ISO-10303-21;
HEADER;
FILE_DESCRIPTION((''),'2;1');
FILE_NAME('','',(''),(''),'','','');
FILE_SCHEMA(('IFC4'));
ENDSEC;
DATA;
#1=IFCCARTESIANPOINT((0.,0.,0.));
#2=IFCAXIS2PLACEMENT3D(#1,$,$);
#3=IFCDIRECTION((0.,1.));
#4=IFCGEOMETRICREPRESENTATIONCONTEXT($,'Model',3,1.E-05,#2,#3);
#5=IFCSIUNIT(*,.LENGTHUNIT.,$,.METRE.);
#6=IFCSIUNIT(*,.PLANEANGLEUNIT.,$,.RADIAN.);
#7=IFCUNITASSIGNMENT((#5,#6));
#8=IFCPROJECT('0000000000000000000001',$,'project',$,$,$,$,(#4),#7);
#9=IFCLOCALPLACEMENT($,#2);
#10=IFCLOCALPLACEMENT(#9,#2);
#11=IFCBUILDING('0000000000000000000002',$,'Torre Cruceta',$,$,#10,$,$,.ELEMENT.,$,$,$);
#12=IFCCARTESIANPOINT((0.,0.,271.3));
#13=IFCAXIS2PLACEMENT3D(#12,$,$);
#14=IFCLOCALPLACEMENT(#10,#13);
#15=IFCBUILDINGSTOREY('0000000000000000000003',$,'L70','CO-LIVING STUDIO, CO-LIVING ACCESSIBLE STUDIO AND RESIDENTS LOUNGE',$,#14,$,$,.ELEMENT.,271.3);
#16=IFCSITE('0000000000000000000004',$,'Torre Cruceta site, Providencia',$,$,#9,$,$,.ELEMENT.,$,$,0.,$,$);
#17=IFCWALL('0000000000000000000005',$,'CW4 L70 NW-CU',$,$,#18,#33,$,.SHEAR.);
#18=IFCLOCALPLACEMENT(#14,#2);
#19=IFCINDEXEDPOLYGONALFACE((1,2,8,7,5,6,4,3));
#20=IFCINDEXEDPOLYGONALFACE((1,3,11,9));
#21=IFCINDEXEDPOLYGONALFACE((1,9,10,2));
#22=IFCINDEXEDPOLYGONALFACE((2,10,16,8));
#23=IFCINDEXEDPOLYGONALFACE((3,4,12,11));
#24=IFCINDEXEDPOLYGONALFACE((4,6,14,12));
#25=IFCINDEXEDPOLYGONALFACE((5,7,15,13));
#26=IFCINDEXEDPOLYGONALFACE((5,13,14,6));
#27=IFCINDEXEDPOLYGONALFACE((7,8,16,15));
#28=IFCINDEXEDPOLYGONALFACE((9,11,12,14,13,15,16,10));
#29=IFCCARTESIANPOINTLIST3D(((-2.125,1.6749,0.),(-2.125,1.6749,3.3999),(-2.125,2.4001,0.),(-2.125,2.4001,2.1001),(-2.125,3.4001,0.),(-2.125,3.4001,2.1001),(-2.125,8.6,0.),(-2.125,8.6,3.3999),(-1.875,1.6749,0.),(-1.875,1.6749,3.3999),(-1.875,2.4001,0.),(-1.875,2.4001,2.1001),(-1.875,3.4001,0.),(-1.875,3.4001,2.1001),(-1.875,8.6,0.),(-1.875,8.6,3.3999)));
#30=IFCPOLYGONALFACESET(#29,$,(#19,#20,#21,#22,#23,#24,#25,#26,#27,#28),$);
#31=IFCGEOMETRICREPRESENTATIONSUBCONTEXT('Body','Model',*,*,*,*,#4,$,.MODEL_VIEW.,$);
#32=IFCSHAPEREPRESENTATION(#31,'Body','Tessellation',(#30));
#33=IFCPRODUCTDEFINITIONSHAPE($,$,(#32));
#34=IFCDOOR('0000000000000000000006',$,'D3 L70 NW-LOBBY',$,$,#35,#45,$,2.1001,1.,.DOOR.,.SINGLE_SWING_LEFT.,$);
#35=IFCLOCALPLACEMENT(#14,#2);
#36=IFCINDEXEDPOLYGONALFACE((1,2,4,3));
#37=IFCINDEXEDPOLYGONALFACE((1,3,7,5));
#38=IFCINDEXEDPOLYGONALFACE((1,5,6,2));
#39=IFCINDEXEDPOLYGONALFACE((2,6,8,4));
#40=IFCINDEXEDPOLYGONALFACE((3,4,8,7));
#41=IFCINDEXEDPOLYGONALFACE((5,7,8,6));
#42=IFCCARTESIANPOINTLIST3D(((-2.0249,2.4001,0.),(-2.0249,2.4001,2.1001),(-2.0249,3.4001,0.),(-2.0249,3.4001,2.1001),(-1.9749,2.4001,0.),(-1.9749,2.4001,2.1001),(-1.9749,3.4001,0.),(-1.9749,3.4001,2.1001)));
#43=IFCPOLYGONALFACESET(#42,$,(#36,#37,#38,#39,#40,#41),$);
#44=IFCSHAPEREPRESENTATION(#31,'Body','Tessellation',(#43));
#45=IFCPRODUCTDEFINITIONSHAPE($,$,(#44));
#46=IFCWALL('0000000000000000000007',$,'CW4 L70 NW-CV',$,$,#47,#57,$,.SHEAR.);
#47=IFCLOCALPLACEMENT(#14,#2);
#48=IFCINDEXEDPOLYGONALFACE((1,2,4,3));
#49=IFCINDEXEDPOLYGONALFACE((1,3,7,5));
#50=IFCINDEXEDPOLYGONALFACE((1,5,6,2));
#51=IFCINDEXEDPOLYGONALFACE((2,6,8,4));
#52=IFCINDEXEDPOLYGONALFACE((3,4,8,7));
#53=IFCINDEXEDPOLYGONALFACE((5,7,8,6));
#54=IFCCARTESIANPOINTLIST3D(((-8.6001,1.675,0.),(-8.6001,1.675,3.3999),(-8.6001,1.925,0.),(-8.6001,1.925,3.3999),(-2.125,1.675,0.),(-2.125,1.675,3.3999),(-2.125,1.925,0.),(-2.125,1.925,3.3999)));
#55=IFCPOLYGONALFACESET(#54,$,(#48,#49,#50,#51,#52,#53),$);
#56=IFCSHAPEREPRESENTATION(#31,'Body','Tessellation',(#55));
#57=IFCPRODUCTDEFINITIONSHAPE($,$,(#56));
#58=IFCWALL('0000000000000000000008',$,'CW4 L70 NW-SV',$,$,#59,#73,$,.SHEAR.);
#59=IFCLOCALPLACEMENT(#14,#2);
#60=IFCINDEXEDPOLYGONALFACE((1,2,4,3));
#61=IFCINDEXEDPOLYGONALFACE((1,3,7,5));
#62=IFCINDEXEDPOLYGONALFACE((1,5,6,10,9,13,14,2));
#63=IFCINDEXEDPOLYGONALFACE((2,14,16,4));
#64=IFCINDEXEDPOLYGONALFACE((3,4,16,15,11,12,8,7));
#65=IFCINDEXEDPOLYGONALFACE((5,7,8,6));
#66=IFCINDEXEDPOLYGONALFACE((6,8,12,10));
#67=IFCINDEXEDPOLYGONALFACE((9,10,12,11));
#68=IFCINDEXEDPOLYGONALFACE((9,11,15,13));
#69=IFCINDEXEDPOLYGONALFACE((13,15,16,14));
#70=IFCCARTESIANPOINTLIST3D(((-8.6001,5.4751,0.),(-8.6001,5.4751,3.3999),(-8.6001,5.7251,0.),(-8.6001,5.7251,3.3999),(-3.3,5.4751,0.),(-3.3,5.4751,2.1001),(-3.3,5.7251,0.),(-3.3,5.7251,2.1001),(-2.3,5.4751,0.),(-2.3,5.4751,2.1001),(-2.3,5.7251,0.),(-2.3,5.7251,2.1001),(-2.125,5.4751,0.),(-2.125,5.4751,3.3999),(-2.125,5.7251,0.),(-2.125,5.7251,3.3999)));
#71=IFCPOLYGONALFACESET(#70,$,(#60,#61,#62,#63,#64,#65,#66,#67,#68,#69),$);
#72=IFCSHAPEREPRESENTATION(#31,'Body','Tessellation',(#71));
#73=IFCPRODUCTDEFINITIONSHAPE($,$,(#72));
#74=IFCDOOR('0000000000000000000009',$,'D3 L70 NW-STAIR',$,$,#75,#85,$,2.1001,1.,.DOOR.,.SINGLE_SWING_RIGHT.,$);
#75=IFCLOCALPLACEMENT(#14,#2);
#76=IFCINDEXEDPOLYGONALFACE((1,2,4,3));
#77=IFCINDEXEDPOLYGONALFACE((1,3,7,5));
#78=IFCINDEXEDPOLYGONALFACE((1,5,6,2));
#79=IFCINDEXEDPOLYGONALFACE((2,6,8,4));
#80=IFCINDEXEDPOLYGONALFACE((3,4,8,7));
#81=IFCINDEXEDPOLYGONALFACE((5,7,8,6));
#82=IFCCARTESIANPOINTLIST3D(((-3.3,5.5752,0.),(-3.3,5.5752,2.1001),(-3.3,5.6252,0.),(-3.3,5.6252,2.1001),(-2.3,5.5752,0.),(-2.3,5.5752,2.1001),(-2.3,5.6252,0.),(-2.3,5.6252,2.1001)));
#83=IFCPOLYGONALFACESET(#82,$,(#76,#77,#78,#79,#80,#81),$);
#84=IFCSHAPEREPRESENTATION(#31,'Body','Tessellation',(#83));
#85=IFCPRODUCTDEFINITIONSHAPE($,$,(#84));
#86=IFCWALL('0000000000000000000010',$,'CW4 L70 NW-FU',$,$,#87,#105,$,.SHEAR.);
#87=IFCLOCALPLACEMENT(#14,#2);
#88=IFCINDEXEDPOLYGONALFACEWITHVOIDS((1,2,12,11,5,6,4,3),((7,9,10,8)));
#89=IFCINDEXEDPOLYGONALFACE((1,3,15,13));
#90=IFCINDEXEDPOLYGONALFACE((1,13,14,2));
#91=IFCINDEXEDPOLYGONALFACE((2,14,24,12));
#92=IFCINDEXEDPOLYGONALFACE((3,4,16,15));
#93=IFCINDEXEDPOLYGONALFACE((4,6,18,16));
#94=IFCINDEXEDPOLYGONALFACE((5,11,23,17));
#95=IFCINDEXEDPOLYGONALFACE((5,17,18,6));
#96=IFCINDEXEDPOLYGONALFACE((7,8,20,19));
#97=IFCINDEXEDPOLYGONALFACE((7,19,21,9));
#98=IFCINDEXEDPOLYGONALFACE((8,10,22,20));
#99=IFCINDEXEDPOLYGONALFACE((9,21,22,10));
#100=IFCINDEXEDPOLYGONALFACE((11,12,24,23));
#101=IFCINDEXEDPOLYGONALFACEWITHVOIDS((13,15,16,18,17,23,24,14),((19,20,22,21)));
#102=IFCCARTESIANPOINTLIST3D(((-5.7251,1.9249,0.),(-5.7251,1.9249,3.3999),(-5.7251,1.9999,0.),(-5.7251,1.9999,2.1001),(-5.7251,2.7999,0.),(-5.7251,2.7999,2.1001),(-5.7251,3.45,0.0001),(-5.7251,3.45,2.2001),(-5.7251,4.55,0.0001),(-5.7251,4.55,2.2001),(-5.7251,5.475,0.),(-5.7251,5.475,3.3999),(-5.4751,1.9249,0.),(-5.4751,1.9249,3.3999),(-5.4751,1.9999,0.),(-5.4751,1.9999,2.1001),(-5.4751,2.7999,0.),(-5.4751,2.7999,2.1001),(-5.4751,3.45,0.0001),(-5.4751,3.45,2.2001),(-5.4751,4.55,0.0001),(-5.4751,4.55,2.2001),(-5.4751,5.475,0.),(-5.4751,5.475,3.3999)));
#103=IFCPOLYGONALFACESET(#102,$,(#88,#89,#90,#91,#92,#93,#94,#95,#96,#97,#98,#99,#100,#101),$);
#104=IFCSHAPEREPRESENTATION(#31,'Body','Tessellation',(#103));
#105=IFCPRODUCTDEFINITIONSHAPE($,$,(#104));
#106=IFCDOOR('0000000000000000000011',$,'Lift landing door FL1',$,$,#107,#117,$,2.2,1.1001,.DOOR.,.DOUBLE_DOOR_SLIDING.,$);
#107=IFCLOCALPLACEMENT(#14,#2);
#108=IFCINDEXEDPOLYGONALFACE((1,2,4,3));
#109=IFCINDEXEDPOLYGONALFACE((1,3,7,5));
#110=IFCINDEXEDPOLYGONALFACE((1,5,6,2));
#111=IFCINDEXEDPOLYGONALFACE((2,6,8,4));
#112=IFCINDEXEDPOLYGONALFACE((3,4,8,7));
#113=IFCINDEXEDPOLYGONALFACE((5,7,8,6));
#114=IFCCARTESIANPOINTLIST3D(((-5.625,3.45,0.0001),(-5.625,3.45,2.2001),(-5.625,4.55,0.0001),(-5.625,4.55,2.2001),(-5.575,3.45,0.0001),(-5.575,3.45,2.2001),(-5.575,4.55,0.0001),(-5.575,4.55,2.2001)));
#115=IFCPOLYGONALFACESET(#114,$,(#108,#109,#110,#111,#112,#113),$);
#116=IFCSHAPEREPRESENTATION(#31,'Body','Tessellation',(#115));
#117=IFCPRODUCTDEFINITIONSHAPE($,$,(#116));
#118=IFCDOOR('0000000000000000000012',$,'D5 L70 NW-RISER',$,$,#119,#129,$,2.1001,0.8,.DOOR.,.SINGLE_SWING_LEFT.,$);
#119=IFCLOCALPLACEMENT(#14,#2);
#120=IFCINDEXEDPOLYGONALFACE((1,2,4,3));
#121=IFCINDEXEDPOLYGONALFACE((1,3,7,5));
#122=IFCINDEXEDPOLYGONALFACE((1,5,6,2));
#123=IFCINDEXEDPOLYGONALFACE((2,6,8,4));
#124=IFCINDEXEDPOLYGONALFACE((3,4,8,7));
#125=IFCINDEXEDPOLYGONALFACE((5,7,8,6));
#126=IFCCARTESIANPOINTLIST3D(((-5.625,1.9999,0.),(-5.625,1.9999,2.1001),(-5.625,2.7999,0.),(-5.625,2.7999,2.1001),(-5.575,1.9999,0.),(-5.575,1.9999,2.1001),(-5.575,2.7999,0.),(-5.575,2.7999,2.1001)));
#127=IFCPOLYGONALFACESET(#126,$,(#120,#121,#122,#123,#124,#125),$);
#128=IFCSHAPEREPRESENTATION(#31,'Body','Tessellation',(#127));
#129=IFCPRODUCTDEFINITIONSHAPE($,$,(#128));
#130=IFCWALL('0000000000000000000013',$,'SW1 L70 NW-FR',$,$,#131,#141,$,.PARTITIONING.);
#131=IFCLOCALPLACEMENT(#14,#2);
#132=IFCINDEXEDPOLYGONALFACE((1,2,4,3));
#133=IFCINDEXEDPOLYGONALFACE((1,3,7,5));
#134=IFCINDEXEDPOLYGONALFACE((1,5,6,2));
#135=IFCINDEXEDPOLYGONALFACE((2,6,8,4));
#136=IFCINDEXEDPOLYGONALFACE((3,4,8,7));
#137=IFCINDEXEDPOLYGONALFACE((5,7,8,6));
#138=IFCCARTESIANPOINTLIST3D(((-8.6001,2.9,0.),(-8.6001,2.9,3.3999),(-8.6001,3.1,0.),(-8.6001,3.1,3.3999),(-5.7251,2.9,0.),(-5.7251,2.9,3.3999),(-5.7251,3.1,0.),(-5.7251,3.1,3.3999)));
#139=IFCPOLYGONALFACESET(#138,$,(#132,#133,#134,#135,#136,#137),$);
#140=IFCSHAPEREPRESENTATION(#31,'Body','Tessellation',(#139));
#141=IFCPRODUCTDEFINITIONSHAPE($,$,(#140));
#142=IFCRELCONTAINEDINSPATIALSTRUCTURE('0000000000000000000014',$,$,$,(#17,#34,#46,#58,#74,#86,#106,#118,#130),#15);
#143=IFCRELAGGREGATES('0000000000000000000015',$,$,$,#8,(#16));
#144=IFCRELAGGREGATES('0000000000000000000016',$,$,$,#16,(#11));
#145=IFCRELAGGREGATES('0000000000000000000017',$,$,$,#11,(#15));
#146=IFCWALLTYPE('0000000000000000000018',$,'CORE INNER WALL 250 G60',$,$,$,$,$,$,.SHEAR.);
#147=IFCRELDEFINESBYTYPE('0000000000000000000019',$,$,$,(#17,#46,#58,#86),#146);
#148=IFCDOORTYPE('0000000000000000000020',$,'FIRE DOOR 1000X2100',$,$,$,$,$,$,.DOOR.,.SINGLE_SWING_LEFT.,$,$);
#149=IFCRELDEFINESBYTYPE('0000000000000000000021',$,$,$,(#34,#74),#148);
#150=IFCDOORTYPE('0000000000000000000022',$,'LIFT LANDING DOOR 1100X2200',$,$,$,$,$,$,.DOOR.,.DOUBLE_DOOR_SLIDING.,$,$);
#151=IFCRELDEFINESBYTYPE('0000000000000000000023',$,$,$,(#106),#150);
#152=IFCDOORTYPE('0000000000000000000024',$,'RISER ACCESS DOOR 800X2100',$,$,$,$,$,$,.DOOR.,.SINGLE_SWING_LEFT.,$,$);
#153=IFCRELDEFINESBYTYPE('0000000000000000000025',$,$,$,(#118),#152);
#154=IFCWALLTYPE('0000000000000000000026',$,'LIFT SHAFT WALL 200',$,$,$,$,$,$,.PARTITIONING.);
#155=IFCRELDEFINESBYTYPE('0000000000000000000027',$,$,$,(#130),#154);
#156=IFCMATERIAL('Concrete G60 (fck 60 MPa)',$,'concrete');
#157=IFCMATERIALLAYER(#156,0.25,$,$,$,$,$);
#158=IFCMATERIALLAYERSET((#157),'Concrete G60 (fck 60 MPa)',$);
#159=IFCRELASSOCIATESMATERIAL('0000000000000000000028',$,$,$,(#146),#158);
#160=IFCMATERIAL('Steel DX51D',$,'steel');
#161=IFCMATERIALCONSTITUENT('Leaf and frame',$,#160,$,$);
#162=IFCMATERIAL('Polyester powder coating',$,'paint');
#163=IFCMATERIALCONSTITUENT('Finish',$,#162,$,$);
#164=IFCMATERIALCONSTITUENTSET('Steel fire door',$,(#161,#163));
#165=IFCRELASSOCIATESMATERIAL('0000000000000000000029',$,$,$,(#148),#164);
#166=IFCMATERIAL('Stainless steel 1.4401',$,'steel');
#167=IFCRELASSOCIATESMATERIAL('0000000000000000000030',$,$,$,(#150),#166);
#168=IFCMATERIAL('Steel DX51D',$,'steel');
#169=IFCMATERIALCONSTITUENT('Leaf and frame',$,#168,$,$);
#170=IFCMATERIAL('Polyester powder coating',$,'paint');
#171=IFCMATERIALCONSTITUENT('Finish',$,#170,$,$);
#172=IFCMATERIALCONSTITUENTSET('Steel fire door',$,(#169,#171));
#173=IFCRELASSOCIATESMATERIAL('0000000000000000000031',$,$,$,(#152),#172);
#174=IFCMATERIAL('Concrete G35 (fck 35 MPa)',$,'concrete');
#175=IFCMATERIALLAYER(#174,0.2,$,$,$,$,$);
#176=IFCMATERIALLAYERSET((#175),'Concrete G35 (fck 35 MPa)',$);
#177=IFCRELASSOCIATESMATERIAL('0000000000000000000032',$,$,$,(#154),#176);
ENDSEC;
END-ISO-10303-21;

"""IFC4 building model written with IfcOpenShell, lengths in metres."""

from ifc_helpers import new_model, si_unit, direction, frame, frame_2d, origin, place, context, subcontext, project, spatial, rectangle, extrude, material, layer, layer_set, constituent, constituent_set, type_object, element, fill, save


model = new_model("IFC4")

# Units and contexts
model_context = context("Model", 3, precision=1e-05, world=origin(), true_north=direction((0.0, 1.0)))
body_context = subcontext(model_context, "Body", "Model", "MODEL_VIEW")
ifc_project = project(units=[si_unit("LENGTHUNIT", "METRE"), si_unit("PLANEANGLEUNIT", "RADIAN")], contexts=[model_context])

# Site, building, storey
site_placement = place(None, origin())
site = spatial("IfcSite", under=ifc_project, at=site_placement, Name="Torre Cruceta site, Providencia", CompositionType="ELEMENT", RefElevation=0.0)
building_placement = place(site_placement, origin())
building = spatial("IfcBuilding", under=site, at=building_placement, Name="Torre Cruceta", CompositionType="ELEMENT")
storey_placement = place(building_placement, frame((0.0, 0.0, 271.3)))
storey = spatial("IfcBuildingStorey", under=building, at=storey_placement, Name="L70", Description="CO-LIVING STUDIO, CO-LIVING ACCESSIBLE STUDIO AND RESIDENTS LOUNGE", CompositionType="ELEMENT", Elevation=271.3)

# Wall, opening, door
ifc_material_1 = material(Name="Concrete G60 (fck 60 MPa)", Category="concrete")
ifc_layer_1 = layer(ifc_material_1, 0.25)
ifc_layer_set_1 = layer_set([ifc_layer_1], Name="Concrete G60 (fck 60 MPa)")
wall_type_1 = type_object("IfcWallType", Name="CORE INNER WALL 250 G60", PredefinedType="SHEAR", material=ifc_layer_set_1)
wall_1_placement = place(storey_placement, frame((-2.0, 1.675, 0.0), z_axis=(0.0, 0.0, 1.0), x_axis=(0.0, 1.0, 0.0)))
wall_1 = element("IfcWall", 1, at=wall_1_placement, inside=storey, type_object=wall_type_1, Name="CW4 L70 NW-CU", PredefinedType="SHEAR", context=body_context, shape_type="SweptSolid", body=[
    extrude(rectangle(XDim=6.925, YDim=0.25, at=frame_2d((3.4624, 0.0))), origin(), (0.0, 0.0, 1.0), 3.3999),
])
opening_1_placement = place(wall_1_placement, frame((0.7251, 0.0, 0.0)))
opening_1 = element("IfcOpeningElement", 2, at=opening_1_placement, cuts=wall_1, PredefinedType="OPENING", context=body_context, shape_type="SweptSolid", body=[
    extrude(rectangle(XDim=1.0, YDim=2.1001, at=frame_2d((0.5, 1.05))), frame((0.0, 0.135, 0.0), z_axis=(0.0, -1.0, 0.0), x_axis=(1.0, 0.0, 0.0)), (0.0, 0.0, 1.0), 0.27),
])
ifc_material_2 = material(Name="Steel DX51D", Category="steel")
ifc_constituent_1 = constituent(ifc_material_2, Name="Leaf and frame")
ifc_material_3 = material(Name="Polyester powder coating", Category="paint")
ifc_constituent_2 = constituent(ifc_material_3, Name="Finish")
ifc_constituent_set_1 = constituent_set(constituents=[ifc_constituent_1, ifc_constituent_2], Name="Steel fire door")
door_type_1 = type_object("IfcDoorType", Name="FIRE DOOR 1000X2100", OperationType="SINGLE_SWING_LEFT", PredefinedType="DOOR", material=ifc_constituent_set_1)
door_1_placement = place(opening_1_placement, origin())
door_1 = element("IfcDoor", 3, at=door_1_placement, inside=storey, type_object=door_type_1, Name="D3 L70 NW-LOBBY", OperationType="SINGLE_SWING_LEFT", OverallHeight=2.1001, OverallWidth=1.0, PredefinedType="DOOR", context=body_context, shape_type="SweptSolid", body=[
    extrude(rectangle(XDim=1.0, YDim=2.1001, at=frame_2d((0.5, 1.05))), frame((0.0, 0.0249, 0.0), z_axis=(0.0, -1.0, 0.0), x_axis=(1.0, 0.0, 0.0)), (0.0, 0.0, 1.0), 0.05),
])
fill(opening_1, door_1)

# Wall
wall_2_placement = place(storey_placement, frame((-2.125, 1.8, 0.0), z_axis=(0.0, 0.0, 1.0), x_axis=(-1.0, 0.0, 0.0)))
element("IfcWall", 4, at=wall_2_placement, inside=storey, type_object=wall_type_1, Name="CW4 L70 NW-CV", PredefinedType="SHEAR", context=body_context, shape_type="SweptSolid", body=[
    extrude(rectangle(XDim=6.4751, YDim=0.25, at=frame_2d((3.2375, 0.0))), origin(), (0.0, 0.0, 1.0), 3.3999),
])

# Wall, opening, door
wall_3_placement = place(storey_placement, frame((-2.125, 5.6001, 0.0), z_axis=(0.0, 0.0, 1.0), x_axis=(-1.0, 0.0, 0.0)))
wall_3 = element("IfcWall", 5, at=wall_3_placement, inside=storey, type_object=wall_type_1, Name="CW4 L70 NW-SV", PredefinedType="SHEAR", context=body_context, shape_type="SweptSolid", body=[
    extrude(rectangle(XDim=6.4751, YDim=0.25, at=frame_2d((3.2375, 0.0))), origin(), (0.0, 0.0, 1.0), 3.3999),
])
opening_2_placement = place(wall_3_placement, frame((0.175, 0.0, 0.0)))
opening_2 = element("IfcOpeningElement", 6, at=opening_2_placement, cuts=wall_3, PredefinedType="OPENING", context=body_context, shape_type="SweptSolid", body=[
    extrude(rectangle(XDim=1.0, YDim=2.1001, at=frame_2d((0.5, 1.05))), frame((0.0, 0.135, 0.0), z_axis=(0.0, -1.0, 0.0), x_axis=(1.0, 0.0, 0.0)), (0.0, 0.0, 1.0), 0.27),
])
door_2_placement = place(opening_2_placement, frame((1.0, 0.0, 0.0), z_axis=(0.0, 0.0, 1.0), x_axis=(-1.0, 0.0, 0.0)))
door_2 = element("IfcDoor", 7, at=door_2_placement, inside=storey, type_object=door_type_1, Name="D3 L70 NW-STAIR", OperationType="SINGLE_SWING_RIGHT", OverallHeight=2.1001, OverallWidth=1.0, PredefinedType="DOOR", context=body_context, shape_type="SweptSolid", body=[
    extrude(rectangle(XDim=1.0, YDim=2.1001, at=frame_2d((0.5, 1.05))), frame((0.0, 0.0251, 0.0), z_axis=(0.0, -1.0, 0.0), x_axis=(1.0, 0.0, 0.0)), (0.0, 0.0, 1.0), 0.05),
])
fill(opening_2, door_2)

# Wall, openings, doors
wall_4_placement = place(storey_placement, frame((-5.6001, 1.925, 0.0), z_axis=(0.0, 0.0, 1.0), x_axis=(0.0, 1.0, 0.0)))
wall_4 = element("IfcWall", 8, at=wall_4_placement, inside=storey, type_object=wall_type_1, Name="CW4 L70 NW-FU", PredefinedType="SHEAR", context=body_context, shape_type="SweptSolid", body=[
    extrude(rectangle(XDim=3.55, YDim=0.25, at=frame_2d((1.7749, 0.0))), origin(), (0.0, 0.0, 1.0), 3.3999),
])
opening_3_placement = place(wall_4_placement, frame((1.5249, 0.0, 0.0)))
opening_3 = element("IfcOpeningElement", 9, at=opening_3_placement, cuts=wall_4, PredefinedType="OPENING", context=body_context, shape_type="SweptSolid", body=[
    extrude(rectangle(XDim=1.1001, YDim=2.2, at=frame_2d((0.55, 1.1001))), frame((0.0, 0.135, 0.0), z_axis=(0.0, -1.0, 0.0), x_axis=(1.0, 0.0, 0.0)), (0.0, 0.0, 1.0), 0.27),
])
opening_4_placement = place(wall_4_placement, frame((0.075, 0.0, 0.0)))
opening_4 = element("IfcOpeningElement", 10, at=opening_4_placement, cuts=wall_4, PredefinedType="OPENING", context=body_context, shape_type="SweptSolid", body=[
    extrude(rectangle(XDim=0.8, YDim=2.1001, at=frame_2d((0.3999, 1.05))), frame((0.0, 0.135, 0.0), z_axis=(0.0, -1.0, 0.0), x_axis=(1.0, 0.0, 0.0)), (0.0, 0.0, 1.0), 0.27),
])
ifc_material_4 = material(Name="Stainless steel 1.4401", Category="steel")
door_type_2 = type_object("IfcDoorType", Name="LIFT LANDING DOOR 1100X2200", OperationType="DOUBLE_DOOR_SLIDING", PredefinedType="DOOR", material=ifc_material_4)
door_3_placement = place(opening_3_placement, origin())
door_3 = element("IfcDoor", 11, at=door_3_placement, inside=storey, type_object=door_type_2, Name="Lift landing door FL1", OperationType="DOUBLE_DOOR_SLIDING", OverallHeight=2.2, OverallWidth=1.1001, PredefinedType="DOOR", context=body_context, shape_type="SweptSolid", body=[
    extrude(rectangle(XDim=1.1001, YDim=2.2, at=frame_2d((0.55, 1.1001))), frame((0.0, 0.0249, 0.0), z_axis=(0.0, -1.0, 0.0), x_axis=(1.0, 0.0, 0.0)), (0.0, 0.0, 1.0), 0.05),
])
fill(opening_3, door_3)
ifc_material_5 = material(Name="Steel DX51D", Category="steel")
ifc_constituent_3 = constituent(ifc_material_5, Name="Leaf and frame")
ifc_material_6 = material(Name="Polyester powder coating", Category="paint")
ifc_constituent_4 = constituent(ifc_material_6, Name="Finish")
ifc_constituent_set_2 = constituent_set(constituents=[ifc_constituent_3, ifc_constituent_4], Name="Steel fire door")
door_type_3 = type_object("IfcDoorType", Name="RISER ACCESS DOOR 800X2100", OperationType="SINGLE_SWING_LEFT", PredefinedType="DOOR", material=ifc_constituent_set_2)
door_4_placement = place(opening_4_placement, origin())
door_4 = element("IfcDoor", 12, at=door_4_placement, inside=storey, type_object=door_type_3, Name="D5 L70 NW-RISER", OperationType="SINGLE_SWING_LEFT", OverallHeight=2.1001, OverallWidth=0.8, PredefinedType="DOOR", context=body_context, shape_type="SweptSolid", body=[
    extrude(rectangle(XDim=0.8, YDim=2.1001, at=frame_2d((0.3999, 1.05))), frame((0.0, 0.0249, 0.0), z_axis=(0.0, -1.0, 0.0), x_axis=(1.0, 0.0, 0.0)), (0.0, 0.0, 1.0), 0.05),
])
fill(opening_4, door_4)

# Wall
ifc_material_7 = material(Name="Concrete G35 (fck 35 MPa)", Category="concrete")
ifc_layer_2 = layer(ifc_material_7, 0.2)
ifc_layer_set_2 = layer_set([ifc_layer_2], Name="Concrete G35 (fck 35 MPa)")
wall_type_2 = type_object("IfcWallType", Name="LIFT SHAFT WALL 200", PredefinedType="PARTITIONING", material=ifc_layer_set_2)
wall_5_placement = place(storey_placement, frame((-5.7251, 3.0, 0.0), z_axis=(0.0, 0.0, 1.0), x_axis=(-1.0, 0.0, 0.0)))
element("IfcWall", 13, at=wall_5_placement, inside=storey, type_object=wall_type_2, Name="SW1 L70 NW-FR", PredefinedType="PARTITIONING", context=body_context, shape_type="SweptSolid", body=[
    extrude(rectangle(XDim=2.875, YDim=0.2, at=frame_2d((1.4375, 0.0))), origin(), (0.0, 0.0, 1.0), 3.3999),
])

save(model, "model.ifc")
